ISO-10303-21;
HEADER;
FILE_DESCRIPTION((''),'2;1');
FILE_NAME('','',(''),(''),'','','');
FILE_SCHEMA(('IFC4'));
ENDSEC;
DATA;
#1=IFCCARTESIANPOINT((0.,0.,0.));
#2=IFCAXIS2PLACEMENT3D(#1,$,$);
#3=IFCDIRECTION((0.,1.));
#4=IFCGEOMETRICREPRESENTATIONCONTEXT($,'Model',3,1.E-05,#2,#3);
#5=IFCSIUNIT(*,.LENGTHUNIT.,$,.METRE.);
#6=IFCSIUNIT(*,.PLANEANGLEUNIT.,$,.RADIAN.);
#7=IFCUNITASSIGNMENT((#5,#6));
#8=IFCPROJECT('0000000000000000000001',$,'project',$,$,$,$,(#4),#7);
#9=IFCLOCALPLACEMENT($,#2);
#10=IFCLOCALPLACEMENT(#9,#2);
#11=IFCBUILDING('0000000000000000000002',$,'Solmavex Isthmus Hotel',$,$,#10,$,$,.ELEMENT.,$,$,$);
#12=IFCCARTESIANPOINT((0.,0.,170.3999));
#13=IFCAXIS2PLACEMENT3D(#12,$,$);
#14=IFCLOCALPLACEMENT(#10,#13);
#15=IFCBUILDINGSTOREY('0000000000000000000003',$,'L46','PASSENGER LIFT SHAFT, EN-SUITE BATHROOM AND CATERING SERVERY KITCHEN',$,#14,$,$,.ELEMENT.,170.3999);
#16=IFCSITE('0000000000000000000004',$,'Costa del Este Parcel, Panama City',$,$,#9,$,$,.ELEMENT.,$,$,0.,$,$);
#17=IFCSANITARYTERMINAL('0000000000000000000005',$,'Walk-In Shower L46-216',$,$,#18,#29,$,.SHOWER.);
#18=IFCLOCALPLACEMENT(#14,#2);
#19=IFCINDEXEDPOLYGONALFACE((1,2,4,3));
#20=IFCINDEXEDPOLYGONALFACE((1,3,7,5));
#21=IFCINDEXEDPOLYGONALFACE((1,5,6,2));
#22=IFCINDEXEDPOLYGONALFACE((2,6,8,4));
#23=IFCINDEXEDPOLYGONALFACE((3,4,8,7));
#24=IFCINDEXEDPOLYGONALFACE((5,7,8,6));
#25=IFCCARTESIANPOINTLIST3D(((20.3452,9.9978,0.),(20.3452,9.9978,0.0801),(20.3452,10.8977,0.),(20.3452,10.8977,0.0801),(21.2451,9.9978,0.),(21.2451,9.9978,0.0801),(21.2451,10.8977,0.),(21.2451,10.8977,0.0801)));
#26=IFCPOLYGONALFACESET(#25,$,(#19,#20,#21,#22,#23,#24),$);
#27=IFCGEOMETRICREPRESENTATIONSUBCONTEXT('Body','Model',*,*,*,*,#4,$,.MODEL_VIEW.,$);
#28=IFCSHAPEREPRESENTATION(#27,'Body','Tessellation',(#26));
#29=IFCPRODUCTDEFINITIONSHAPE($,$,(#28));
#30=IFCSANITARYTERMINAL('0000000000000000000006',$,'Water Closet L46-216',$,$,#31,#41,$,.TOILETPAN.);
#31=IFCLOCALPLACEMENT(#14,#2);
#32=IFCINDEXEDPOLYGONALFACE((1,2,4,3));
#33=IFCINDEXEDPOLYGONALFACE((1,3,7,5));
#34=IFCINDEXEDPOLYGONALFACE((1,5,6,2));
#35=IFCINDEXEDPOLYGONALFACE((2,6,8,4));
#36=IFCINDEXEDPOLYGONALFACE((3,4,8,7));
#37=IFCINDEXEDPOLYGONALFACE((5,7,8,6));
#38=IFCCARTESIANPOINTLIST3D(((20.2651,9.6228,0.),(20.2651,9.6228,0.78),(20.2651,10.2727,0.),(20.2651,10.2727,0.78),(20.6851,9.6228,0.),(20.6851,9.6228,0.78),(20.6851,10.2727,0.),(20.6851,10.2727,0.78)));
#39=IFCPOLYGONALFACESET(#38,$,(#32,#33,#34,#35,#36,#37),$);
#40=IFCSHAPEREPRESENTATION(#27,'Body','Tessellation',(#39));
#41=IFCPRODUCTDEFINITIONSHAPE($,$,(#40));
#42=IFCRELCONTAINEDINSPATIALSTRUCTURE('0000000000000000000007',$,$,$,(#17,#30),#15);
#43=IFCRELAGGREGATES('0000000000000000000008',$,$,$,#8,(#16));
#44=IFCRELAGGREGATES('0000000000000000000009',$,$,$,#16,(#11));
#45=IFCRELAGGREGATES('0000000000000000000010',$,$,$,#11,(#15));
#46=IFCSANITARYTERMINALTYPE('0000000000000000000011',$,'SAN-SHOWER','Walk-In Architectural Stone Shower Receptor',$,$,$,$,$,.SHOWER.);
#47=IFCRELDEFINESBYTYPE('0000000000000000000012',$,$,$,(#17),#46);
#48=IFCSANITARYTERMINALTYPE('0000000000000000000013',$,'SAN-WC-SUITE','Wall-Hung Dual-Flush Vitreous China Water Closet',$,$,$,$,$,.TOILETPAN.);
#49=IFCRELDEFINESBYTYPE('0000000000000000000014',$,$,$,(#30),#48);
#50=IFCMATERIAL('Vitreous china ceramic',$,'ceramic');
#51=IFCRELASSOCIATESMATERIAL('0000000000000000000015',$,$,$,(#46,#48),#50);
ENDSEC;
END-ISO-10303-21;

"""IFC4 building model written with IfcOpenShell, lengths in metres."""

from ifc_helpers import new_model, si_unit, direction, frame, origin, origin_2d, place, context, subcontext, project, spatial, rectangle, extrude, material, type_object, element, save


model = new_model("IFC4")

# Units and contexts
model_context = context("Model", 3, precision=1e-05, world=origin(), true_north=direction((0.0, 1.0)))
body_context = subcontext(model_context, "Body", "Model", "MODEL_VIEW")
ifc_project = project(units=[si_unit("LENGTHUNIT", "METRE"), si_unit("PLANEANGLEUNIT", "RADIAN")], contexts=[model_context])

# Site, building, storey
site_placement = place(None, origin())
site = spatial("IfcSite", under=ifc_project, at=site_placement, Name="Costa del Este Parcel, Panama City", CompositionType="ELEMENT", RefElevation=0.0)
building_placement = place(site_placement, origin())
building = spatial("IfcBuilding", under=site, at=building_placement, Name="Solmavex Isthmus Hotel", CompositionType="ELEMENT")
storey_placement = place(building_placement, frame((0.0, 0.0, 170.3999)))
storey = spatial("IfcBuildingStorey", under=building, at=storey_placement, Name="L46", Description="PASSENGER LIFT SHAFT, EN-SUITE BATHROOM AND CATERING SERVERY KITCHEN", CompositionType="ELEMENT", Elevation=170.3999)

# Sanitary terminals
ifc_material_1 = material(Name="Vitreous china ceramic", Category="ceramic")
sanitary_terminal_type_1 = type_object("IfcSanitaryTerminalType", Name="SAN-SHOWER", Description="Walk-In Architectural Stone Shower Receptor", PredefinedType="SHOWER", material=ifc_material_1)
sanitary_terminal_1_placement = place(storey_placement, frame((20.7952, 10.4478, 0.0), z_axis=(0.0, 0.0, 1.0), x_axis=(1.0, 0.0, 0.0)))
element("IfcSanitaryTerminal", 1, at=sanitary_terminal_1_placement, inside=storey, type_object=sanitary_terminal_type_1, Name="Walk-In Shower L46-216", PredefinedType="SHOWER", context=body_context, shape_type="SweptSolid", body=[
    extrude(rectangle(XDim=0.8999, YDim=0.8999, at=origin_2d()), origin(), (0.0, 0.0, 1.0), 0.0801),
])
sanitary_terminal_type_2 = type_object("IfcSanitaryTerminalType", Name="SAN-WC-SUITE", Description="Wall-Hung Dual-Flush Vitreous China Water Closet", PredefinedType="TOILETPAN", material=ifc_material_1)
sanitary_terminal_2_placement = place(storey_placement, frame((20.4751, 9.9478, 0.0), z_axis=(0.0, 0.0, 1.0), x_axis=(1.0, 0.0, 0.0)))
element("IfcSanitaryTerminal", 2, at=sanitary_terminal_2_placement, inside=storey, type_object=sanitary_terminal_type_2, Name="Water Closet L46-216", PredefinedType="TOILETPAN", context=body_context, shape_type="SweptSolid", body=[
    extrude(rectangle(XDim=0.4199, YDim=0.6499, at=origin_2d()), origin(), (0.0, 0.0, 1.0), 0.78),
])

save(model, "model.ifc")
